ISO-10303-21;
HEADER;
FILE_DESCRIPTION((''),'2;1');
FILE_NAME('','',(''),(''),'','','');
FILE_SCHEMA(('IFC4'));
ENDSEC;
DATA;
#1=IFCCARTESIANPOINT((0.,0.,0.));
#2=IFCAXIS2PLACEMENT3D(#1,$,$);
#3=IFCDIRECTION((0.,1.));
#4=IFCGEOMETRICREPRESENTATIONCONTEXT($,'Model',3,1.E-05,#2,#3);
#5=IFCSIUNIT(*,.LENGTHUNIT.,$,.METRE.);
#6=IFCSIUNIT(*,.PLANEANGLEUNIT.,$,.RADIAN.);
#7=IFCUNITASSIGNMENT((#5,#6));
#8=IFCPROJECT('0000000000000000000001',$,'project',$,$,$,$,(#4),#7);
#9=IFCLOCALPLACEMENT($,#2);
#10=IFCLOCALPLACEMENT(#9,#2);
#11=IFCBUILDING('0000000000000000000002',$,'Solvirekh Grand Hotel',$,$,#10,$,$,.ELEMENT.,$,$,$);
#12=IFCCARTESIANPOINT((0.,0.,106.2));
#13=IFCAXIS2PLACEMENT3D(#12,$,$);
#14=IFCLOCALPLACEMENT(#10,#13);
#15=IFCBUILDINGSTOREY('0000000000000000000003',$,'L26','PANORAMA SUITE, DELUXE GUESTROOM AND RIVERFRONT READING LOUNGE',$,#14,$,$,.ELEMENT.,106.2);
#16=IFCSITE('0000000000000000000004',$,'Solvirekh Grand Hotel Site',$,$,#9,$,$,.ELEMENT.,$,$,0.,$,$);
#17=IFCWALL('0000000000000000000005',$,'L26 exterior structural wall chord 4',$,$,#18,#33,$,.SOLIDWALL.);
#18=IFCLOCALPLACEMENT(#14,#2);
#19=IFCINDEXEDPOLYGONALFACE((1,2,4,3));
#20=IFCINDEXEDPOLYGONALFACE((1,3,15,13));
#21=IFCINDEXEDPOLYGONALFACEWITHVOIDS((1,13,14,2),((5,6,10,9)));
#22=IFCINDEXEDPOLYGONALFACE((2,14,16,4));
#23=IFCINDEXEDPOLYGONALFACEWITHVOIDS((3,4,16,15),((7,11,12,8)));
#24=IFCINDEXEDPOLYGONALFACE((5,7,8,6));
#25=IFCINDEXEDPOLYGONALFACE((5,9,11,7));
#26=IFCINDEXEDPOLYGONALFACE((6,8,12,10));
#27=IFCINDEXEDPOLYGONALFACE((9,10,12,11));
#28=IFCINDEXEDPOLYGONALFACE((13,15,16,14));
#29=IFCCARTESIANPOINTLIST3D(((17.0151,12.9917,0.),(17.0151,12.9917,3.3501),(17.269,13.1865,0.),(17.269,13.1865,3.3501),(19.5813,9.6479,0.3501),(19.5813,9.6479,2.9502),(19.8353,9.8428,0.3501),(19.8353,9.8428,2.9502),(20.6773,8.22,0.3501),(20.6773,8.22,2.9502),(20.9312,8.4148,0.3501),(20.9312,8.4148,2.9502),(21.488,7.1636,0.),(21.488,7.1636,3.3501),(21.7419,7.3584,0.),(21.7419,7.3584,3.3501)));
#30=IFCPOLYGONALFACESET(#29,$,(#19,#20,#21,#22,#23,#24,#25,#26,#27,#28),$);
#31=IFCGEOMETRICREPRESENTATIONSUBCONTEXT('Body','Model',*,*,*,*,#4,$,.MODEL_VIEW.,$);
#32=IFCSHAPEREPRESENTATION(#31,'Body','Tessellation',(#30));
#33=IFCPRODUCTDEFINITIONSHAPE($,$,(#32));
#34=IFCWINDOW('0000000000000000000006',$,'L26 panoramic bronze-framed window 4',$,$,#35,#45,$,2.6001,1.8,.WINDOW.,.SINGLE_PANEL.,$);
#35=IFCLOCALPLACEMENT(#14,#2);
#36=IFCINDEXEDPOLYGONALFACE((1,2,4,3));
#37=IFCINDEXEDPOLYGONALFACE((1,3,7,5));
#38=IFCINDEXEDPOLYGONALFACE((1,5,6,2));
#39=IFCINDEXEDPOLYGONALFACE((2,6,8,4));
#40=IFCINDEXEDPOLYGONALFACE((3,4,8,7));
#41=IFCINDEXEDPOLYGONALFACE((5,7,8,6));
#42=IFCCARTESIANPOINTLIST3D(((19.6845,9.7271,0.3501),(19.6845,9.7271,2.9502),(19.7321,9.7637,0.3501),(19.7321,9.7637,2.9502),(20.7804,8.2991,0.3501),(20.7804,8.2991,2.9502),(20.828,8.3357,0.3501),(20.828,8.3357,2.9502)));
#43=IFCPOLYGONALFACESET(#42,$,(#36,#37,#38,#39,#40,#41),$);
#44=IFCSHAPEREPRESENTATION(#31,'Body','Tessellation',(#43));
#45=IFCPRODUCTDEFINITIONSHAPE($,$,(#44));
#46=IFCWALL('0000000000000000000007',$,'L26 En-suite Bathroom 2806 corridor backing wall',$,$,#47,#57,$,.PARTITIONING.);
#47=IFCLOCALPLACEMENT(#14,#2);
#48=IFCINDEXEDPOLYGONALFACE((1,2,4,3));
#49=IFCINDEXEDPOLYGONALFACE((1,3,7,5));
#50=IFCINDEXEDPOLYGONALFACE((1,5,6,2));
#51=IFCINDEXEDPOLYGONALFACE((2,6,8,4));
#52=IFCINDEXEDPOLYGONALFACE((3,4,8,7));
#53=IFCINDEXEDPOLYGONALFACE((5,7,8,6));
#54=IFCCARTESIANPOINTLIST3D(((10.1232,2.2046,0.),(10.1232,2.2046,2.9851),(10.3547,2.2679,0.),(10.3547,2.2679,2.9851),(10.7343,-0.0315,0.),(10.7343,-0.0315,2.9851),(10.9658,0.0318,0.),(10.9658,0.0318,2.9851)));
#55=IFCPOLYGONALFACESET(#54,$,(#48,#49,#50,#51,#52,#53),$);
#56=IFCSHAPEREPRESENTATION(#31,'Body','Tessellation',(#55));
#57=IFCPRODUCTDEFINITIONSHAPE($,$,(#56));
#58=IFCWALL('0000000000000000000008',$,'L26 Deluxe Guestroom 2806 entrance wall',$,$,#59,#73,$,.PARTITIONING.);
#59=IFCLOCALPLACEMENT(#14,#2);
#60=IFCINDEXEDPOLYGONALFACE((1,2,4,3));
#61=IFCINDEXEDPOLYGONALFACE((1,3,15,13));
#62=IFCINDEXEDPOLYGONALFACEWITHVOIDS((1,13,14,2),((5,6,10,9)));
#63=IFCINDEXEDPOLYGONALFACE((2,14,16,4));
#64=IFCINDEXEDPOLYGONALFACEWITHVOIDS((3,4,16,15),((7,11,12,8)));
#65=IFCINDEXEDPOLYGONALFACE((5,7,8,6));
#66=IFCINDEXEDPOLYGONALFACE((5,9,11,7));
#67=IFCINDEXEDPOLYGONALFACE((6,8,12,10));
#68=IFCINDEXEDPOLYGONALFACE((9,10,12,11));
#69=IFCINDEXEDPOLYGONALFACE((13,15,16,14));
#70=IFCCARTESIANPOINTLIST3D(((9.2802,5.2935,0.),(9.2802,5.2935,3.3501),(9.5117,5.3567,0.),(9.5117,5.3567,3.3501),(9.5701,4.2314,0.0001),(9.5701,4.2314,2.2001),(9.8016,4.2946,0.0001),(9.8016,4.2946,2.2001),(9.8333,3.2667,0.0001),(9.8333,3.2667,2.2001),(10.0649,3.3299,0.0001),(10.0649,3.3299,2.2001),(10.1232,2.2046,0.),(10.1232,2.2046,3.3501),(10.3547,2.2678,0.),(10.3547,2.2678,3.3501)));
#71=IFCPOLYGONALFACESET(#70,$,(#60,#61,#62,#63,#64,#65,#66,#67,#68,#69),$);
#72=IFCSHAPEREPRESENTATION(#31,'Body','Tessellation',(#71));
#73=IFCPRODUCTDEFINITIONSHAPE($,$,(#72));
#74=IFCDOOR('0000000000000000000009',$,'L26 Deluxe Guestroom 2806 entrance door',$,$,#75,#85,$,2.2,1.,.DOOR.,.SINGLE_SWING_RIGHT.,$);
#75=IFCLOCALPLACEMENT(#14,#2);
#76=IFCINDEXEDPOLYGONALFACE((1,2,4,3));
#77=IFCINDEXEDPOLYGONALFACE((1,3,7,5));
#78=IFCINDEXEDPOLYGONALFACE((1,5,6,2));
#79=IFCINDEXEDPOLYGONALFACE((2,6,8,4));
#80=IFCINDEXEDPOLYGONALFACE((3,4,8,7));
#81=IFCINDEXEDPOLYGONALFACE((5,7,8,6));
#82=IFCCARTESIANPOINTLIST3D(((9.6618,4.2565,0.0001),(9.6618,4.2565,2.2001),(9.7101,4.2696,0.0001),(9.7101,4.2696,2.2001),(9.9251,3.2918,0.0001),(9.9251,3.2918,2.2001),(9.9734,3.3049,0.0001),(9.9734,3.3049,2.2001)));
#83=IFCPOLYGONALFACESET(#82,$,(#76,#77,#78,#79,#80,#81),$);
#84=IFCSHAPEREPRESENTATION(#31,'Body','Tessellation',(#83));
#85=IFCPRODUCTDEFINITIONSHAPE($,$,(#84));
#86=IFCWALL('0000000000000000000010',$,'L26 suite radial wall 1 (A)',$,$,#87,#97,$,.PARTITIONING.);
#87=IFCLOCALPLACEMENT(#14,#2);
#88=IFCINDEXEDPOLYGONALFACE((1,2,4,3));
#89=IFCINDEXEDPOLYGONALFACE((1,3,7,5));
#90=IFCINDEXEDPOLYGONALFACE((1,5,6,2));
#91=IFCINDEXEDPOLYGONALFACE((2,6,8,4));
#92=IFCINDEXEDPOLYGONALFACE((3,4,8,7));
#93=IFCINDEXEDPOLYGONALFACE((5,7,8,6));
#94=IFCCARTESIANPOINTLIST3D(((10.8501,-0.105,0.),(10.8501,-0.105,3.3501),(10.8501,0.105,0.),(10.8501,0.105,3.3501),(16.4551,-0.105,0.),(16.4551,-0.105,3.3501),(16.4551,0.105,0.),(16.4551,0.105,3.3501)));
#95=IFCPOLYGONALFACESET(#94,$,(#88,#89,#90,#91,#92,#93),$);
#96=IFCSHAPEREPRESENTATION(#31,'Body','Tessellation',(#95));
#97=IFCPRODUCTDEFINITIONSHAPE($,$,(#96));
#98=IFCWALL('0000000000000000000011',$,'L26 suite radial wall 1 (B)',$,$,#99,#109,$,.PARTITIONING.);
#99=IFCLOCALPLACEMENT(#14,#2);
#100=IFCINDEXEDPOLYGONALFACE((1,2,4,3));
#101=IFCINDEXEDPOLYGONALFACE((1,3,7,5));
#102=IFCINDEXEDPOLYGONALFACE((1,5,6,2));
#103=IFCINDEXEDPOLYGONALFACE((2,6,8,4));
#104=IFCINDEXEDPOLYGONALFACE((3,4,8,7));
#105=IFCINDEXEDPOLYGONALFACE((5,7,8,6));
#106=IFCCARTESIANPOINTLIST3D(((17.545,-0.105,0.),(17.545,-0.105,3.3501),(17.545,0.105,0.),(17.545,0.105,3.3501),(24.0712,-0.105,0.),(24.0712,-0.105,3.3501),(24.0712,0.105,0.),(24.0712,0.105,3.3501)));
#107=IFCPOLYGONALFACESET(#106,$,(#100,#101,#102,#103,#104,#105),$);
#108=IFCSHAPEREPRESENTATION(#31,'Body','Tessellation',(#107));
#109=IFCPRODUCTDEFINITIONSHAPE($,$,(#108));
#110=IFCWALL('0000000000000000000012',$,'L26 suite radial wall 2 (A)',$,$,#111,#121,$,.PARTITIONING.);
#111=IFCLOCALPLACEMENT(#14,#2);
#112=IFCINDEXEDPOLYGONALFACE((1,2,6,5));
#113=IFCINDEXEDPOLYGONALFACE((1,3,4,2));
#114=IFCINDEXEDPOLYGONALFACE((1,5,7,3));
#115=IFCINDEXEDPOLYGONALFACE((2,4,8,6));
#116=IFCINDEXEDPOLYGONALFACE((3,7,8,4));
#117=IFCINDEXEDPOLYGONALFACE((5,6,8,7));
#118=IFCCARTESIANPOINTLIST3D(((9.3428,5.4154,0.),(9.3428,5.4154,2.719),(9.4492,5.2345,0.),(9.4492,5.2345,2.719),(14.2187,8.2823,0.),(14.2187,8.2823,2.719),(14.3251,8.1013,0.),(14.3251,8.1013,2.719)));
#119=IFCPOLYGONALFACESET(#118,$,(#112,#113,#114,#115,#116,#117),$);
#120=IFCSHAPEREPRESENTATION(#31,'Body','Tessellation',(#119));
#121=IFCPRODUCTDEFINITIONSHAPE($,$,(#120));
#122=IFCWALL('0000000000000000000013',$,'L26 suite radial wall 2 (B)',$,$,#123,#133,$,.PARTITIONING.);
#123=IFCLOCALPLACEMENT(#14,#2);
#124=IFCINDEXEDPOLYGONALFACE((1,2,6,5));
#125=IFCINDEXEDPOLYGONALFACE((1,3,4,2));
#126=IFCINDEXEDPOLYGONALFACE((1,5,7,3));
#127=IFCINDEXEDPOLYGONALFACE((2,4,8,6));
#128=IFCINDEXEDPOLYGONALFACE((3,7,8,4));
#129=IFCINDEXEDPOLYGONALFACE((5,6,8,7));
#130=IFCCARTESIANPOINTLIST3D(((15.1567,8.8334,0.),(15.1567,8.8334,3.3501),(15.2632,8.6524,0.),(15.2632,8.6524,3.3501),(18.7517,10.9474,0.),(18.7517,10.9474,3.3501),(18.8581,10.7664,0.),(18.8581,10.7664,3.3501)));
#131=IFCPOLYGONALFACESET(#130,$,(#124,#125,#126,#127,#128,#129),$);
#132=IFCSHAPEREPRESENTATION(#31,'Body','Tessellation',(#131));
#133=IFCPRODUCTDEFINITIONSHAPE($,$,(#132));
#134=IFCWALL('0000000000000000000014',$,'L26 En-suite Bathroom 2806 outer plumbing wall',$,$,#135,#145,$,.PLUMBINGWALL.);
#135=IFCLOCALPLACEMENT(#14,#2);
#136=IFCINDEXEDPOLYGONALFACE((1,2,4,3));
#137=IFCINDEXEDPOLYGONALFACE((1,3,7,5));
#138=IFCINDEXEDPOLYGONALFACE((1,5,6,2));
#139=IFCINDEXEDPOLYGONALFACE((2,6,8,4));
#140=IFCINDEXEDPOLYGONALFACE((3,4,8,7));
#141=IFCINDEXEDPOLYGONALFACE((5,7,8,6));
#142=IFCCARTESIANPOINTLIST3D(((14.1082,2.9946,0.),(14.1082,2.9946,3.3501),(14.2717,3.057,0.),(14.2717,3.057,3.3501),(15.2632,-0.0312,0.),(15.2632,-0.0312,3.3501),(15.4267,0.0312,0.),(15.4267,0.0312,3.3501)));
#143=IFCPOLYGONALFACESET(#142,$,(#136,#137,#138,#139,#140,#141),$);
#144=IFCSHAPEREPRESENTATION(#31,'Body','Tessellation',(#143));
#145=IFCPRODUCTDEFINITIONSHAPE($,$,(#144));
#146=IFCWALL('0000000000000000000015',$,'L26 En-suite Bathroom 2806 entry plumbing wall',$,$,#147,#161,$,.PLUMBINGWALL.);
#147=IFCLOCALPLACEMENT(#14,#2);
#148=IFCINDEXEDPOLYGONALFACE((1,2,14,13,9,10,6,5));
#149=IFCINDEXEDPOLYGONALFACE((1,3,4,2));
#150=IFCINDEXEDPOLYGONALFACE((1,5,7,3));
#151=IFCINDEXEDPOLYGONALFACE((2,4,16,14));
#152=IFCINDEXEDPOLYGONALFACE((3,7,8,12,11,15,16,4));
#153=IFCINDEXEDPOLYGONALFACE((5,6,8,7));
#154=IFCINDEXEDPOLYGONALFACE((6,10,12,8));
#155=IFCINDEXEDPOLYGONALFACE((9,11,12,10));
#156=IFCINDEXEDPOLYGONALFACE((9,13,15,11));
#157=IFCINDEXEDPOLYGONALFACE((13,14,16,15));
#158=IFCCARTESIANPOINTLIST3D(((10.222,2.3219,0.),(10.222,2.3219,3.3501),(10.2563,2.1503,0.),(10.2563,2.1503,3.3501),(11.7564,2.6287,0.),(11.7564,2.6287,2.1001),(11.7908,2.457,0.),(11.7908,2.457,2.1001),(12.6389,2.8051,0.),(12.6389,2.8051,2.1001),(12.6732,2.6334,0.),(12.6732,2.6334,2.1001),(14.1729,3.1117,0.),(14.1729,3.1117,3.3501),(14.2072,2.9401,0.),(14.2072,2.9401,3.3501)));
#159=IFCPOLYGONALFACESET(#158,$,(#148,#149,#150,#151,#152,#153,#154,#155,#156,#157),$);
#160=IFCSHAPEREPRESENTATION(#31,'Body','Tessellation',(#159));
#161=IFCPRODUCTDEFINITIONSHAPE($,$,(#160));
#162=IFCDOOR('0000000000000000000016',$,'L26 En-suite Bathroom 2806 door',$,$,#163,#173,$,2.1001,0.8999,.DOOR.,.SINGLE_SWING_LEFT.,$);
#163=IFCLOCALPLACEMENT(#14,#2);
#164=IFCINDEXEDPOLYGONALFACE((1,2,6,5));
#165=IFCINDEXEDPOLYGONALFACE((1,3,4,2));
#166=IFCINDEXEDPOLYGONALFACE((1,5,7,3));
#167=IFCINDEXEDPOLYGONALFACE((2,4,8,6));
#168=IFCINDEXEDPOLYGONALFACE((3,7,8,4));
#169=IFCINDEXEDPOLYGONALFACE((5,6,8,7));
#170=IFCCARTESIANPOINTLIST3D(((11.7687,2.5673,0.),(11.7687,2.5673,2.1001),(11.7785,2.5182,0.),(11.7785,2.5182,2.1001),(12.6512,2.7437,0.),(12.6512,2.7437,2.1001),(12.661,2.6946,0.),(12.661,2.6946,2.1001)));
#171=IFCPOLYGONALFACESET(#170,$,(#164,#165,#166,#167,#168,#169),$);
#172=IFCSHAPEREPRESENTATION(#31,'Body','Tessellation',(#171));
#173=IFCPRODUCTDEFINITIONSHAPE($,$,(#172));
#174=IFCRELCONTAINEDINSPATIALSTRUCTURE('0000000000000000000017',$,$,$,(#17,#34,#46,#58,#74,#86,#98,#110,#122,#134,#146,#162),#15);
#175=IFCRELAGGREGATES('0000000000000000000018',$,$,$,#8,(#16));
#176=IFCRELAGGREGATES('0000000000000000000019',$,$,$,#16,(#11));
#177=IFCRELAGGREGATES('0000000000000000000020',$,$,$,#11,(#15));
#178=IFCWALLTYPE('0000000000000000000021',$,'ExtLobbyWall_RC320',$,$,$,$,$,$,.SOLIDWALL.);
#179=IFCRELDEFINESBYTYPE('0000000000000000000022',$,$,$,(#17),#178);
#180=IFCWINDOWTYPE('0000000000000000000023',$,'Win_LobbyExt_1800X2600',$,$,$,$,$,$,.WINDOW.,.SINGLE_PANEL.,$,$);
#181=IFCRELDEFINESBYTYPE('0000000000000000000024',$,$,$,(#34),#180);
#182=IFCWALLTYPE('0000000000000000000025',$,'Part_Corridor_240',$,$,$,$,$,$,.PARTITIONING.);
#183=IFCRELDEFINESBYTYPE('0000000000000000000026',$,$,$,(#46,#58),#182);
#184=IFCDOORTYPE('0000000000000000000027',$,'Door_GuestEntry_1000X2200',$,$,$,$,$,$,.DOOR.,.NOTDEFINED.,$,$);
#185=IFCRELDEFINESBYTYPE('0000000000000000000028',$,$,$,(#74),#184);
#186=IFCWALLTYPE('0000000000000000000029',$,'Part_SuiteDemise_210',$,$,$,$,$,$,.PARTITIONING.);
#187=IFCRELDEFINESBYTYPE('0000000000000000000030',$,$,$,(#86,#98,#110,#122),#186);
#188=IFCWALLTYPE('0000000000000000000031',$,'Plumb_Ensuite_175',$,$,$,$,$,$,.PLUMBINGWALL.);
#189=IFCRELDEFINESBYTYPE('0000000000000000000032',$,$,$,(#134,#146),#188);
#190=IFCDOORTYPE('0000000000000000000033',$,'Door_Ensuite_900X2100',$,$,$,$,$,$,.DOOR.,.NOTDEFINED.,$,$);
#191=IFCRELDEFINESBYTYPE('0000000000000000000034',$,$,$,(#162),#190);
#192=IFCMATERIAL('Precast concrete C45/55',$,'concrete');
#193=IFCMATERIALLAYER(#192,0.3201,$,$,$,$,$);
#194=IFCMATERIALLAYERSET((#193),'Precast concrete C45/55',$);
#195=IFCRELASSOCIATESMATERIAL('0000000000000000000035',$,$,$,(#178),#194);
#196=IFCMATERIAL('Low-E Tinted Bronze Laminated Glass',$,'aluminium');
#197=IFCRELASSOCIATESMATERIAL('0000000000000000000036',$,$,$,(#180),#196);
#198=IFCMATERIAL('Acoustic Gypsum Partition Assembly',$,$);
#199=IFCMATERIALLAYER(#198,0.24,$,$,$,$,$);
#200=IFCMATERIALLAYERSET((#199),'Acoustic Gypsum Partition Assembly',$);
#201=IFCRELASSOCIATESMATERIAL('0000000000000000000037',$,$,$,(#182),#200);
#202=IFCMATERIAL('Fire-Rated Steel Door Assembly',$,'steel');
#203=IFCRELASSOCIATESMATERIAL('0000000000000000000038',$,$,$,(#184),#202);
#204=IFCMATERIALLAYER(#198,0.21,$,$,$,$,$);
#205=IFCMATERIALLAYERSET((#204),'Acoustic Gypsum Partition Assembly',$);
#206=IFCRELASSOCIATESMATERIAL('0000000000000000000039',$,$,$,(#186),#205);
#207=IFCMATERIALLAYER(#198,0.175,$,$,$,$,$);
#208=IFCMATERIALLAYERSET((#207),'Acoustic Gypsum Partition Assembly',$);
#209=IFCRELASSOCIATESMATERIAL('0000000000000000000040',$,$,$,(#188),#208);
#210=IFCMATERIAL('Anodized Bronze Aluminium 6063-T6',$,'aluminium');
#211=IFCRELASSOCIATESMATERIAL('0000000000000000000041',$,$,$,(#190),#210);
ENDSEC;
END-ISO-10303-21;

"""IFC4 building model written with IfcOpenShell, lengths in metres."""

from ifc_helpers import new_model, si_unit, direction, frame, frame_2d, origin, place, context, subcontext, project, spatial, rectangle, extrude, material, layer, layer_set, type_object, element, fill, save


model = new_model("IFC4")

# Units and contexts
model_context = context("Model", 3, precision=1e-05, world=origin(), true_north=direction((0.0, 1.0)))
body_context = subcontext(model_context, "Body", "Model", "MODEL_VIEW")
ifc_project = project(units=[si_unit("LENGTHUNIT", "METRE"), si_unit("PLANEANGLEUNIT", "RADIAN")], contexts=[model_context])

# Site, building, storey
site_placement = place(None, origin())
site = spatial("IfcSite", under=ifc_project, at=site_placement, Name="Solvirekh Grand Hotel Site", CompositionType="ELEMENT", RefElevation=0.0)
building_placement = place(site_placement, origin())
building = spatial("IfcBuilding", under=site, at=building_placement, Name="Solvirekh Grand Hotel", CompositionType="ELEMENT")
storey_placement = place(building_placement, frame((0.0, 0.0, 106.2)))
storey = spatial("IfcBuildingStorey", under=building, at=storey_placement, Name="L26", Description="PANORAMA SUITE, DELUXE GUESTROOM AND RIVERFRONT READING LOUNGE", CompositionType="ELEMENT", Elevation=106.2)

# Shared definitions
ifc_material_1 = material(Name="Anodized Bronze Aluminium 6063-T6", Category="aluminium")

# Shared definitions
ifc_material_2 = material(Name="Low-E Tinted Bronze Laminated Glass", Category="aluminium")

# Wall, opening, window
ifc_material_3 = material(Name="Precast concrete C45/55", Category="concrete")
ifc_layer_1 = layer(ifc_material_3, 0.3201)
ifc_layer_set_1 = layer_set([ifc_layer_1], Name="Precast concrete C45/55")
wall_type_1 = type_object("IfcWallType", Name="ExtLobbyWall_RC320", PredefinedType="SOLIDWALL", material=ifc_layer_set_1)
window_type = type_object("IfcWindowType", Name="Win_LobbyExt_1800X2600", PartitioningType="SINGLE_PANEL", PredefinedType="WINDOW", material=ifc_material_2)
wall_1_placement = place(storey_placement, frame((17.1421, 13.0891, 0.0), z_axis=(0.0, 0.0, 1.0), x_axis=(0.608832, -0.793299, 0.0)))
wall_1 = element("IfcWall", 1, at=wall_1_placement, inside=storey, type_object=wall_type_1, Name="L26 exterior structural wall chord 4", PredefinedType="SOLIDWALL", context=body_context, shape_type="SweptSolid", body=[
    extrude(rectangle(XDim=7.3467, YDim=0.3201, at=frame_2d((3.6733, 0.0))), origin(), (0.0, 0.0, 1.0), 3.3501),
])
opening_1_placement = place(wall_1_placement, frame((4.2151, 0.0, 0.3501)))
opening_1 = element("IfcOpeningElement", 2, at=opening_1_placement, cuts=wall_1, PredefinedType="OPENING", context=body_context, shape_type="SweptSolid", body=[
    extrude(rectangle(XDim=1.8, YDim=2.6001, at=frame_2d((0.8999, 1.3))), frame((0.0, 0.1699, 0.0), z_axis=(0.0, -1.0, 0.0), x_axis=(1.0, 0.0, 0.0)), (0.0, 0.0, 1.0), 0.3401),
])
window_1_placement = place(opening_1_placement, origin())
window_1 = element("IfcWindow", 3, at=window_1_placement, inside=storey, type_object=window_type, Name="L26 panoramic bronze-framed window 4", OverallHeight=2.6001, OverallWidth=1.8, PartitioningType="SINGLE_PANEL", PredefinedType="WINDOW", context=body_context, shape_type="SweptSolid", body=[
    extrude(rectangle(XDim=1.8, YDim=2.6001, at=frame_2d((0.8999, 1.3))), frame((0.0, 0.03, 0.0), z_axis=(0.0, -1.0, 0.0), x_axis=(1.0, 0.0, 0.0)), (0.0, 0.0, 1.0), 0.0601),
])
fill(opening_1, window_1)

# Wall
ifc_material_4 = material(Name="Acoustic Gypsum Partition Assembly")
ifc_layer_2 = layer(ifc_material_4, 0.24)
ifc_layer_set_2 = layer_set([ifc_layer_2], Name="Acoustic Gypsum Partition Assembly")
wall_type_2 = type_object("IfcWallType", Name="Part_Corridor_240", PredefinedType="PARTITIONING", material=ifc_layer_set_2)
wall_2_placement = place(storey_placement, frame((10.8501, 0.0, 0.0), z_axis=(0.0, 0.0, 1.0), x_axis=(-0.263616, 0.964628, 0.0)))
element("IfcWall", 4, at=wall_2_placement, inside=storey, type_object=wall_type_2, Name="L26 En-suite Bathroom 2806 corridor backing wall", PredefinedType="PARTITIONING", context=body_context, shape_type="SweptSolid", body=[
    extrude(rectangle(XDim=2.3181, YDim=0.24, at=frame_2d((1.1592, 0.0))), origin(), (0.0, 0.0, 1.0), 2.9851),
])

# Wall, opening, door
wall_3_placement = place(storey_placement, frame((10.239, 2.2361, 0.0), z_axis=(0.0, 0.0, 1.0), x_axis=(-0.263292, 0.964716, 0.0)))
wall_3 = element("IfcWall", 5, at=wall_3_placement, inside=storey, type_object=wall_type_2, Name="L26 Deluxe Guestroom 2806 entrance wall", PredefinedType="PARTITIONING", context=body_context, shape_type="SweptSolid", body=[
    extrude(rectangle(XDim=3.2019, YDim=0.24, at=frame_2d((1.6011, 0.0))), origin(), (0.0, 0.0, 1.0), 3.3501),
])
opening_2_placement = place(wall_3_placement, frame((1.1011, 0.0, 0.0)))
opening_2 = element("IfcOpeningElement", 6, at=opening_2_placement, cuts=wall_3, PredefinedType="OPENING", context=body_context, shape_type="SweptSolid", body=[
    extrude(rectangle(XDim=1.0, YDim=2.2, at=frame_2d((0.5, 1.1001))), frame((0.0, 0.1299, 0.0), z_axis=(0.0, -1.0, 0.0), x_axis=(1.0, 0.0, 0.0)), (0.0, 0.0, 1.0), 0.26),
])
ifc_material_5 = material(Name="Fire-Rated Steel Door Assembly", Category="steel")
door_type_1 = type_object("IfcDoorType", Name="Door_GuestEntry_1000X2200", OperationType="NOTDEFINED", PredefinedType="DOOR", material=ifc_material_5)
door_1_placement = place(opening_2_placement, origin())
door_1 = element("IfcDoor", 7, at=door_1_placement, inside=storey, type_object=door_type_1, Name="L26 Deluxe Guestroom 2806 entrance door", OperationType="SINGLE_SWING_RIGHT", OverallHeight=2.2, OverallWidth=1.0, PredefinedType="DOOR", context=body_context, shape_type="SweptSolid", body=[
    extrude(rectangle(XDim=1.0, YDim=2.2, at=frame_2d((0.5, 1.1001))), frame((0.0, 0.0249, 0.0), z_axis=(0.0, -1.0, 0.0), x_axis=(1.0, 0.0, 0.0)), (0.0, 0.0, 1.0), 0.05),
])
fill(opening_2, door_1)

# Walls
ifc_layer_3 = layer(ifc_material_4, 0.21)
ifc_layer_set_3 = layer_set([ifc_layer_3], Name="Acoustic Gypsum Partition Assembly")
wall_type_3 = type_object("IfcWallType", Name="Part_SuiteDemise_210", PredefinedType="PARTITIONING", material=ifc_layer_set_3)
wall_4_placement = place(storey_placement, frame((10.8501, 0.0, 0.0), z_axis=(0.0, 0.0, 1.0), x_axis=(1.0, 0.0, 0.0)))
element("IfcWall", 8, at=wall_4_placement, inside=storey, type_object=wall_type_3, Name="L26 suite radial wall 1 (A)", PredefinedType="PARTITIONING", context=body_context, shape_type="SweptSolid", body=[
    extrude(rectangle(XDim=5.605, YDim=0.21, at=frame_2d((2.8025, 0.0))), origin(), (0.0, 0.0, 1.0), 3.3501),
])
wall_5_placement = place(storey_placement, frame((17.5449, 0.0, 0.0), z_axis=(0.0, 0.0, 1.0), x_axis=(1.0, 0.0, 0.0)))
element("IfcWall", 9, at=wall_5_placement, inside=storey, type_object=wall_type_3, Name="L26 suite radial wall 1 (B)", PredefinedType="PARTITIONING", context=body_context, shape_type="SweptSolid", body=[
    extrude(rectangle(XDim=6.5261, YDim=0.21, at=frame_2d((3.2632, 0.0))), origin(), (0.0, 0.0, 1.0), 3.3501),
])
wall_6_placement = place(storey_placement, frame((9.396, 5.325, 0.0), z_axis=(0.0, 0.0, 1.0), x_axis=(0.862033, 0.506852, 0.0)))
element("IfcWall", 10, at=wall_6_placement, inside=storey, type_object=wall_type_3, Name="L26 suite radial wall 2 (A)", PredefinedType="PARTITIONING", context=body_context, shape_type="SweptSolid", body=[
    extrude(rectangle(XDim=5.6562, YDim=0.21, at=frame_2d((2.8281, 0.0))), origin(), (0.0, 0.0, 1.0), 2.719),
])
wall_7_placement = place(storey_placement, frame((15.21, 8.7429, 0.0), z_axis=(0.0, 0.0, 1.0), x_axis=(0.862005, 0.5069, 0.0)))
element("IfcWall", 11, at=wall_7_placement, inside=storey, type_object=wall_type_3, Name="L26 suite radial wall 2 (B)", PredefinedType="PARTITIONING", context=body_context, shape_type="SweptSolid", body=[
    extrude(rectangle(XDim=4.1704, YDim=0.21, at=frame_2d((2.0852, 0.0))), origin(), (0.0, 0.0, 1.0), 3.3501),
])
ifc_layer_4 = layer(ifc_material_4, 0.175)
ifc_layer_set_4 = layer_set([ifc_layer_4], Name="Acoustic Gypsum Partition Assembly")
wall_type_4 = type_object("IfcWallType", Name="Plumb_Ensuite_175", PredefinedType="PLUMBINGWALL", material=ifc_layer_set_4)
wall_8_placement = place(storey_placement, frame((15.345, 0.0, 0.0), z_axis=(0.0, 0.0, 1.0), x_axis=(-0.356619, 0.93425, 0.0)))
element("IfcWall", 12, at=wall_8_placement, inside=storey, type_object=wall_type_4, Name="L26 En-suite Bathroom 2806 outer plumbing wall", PredefinedType="PLUMBINGWALL", context=body_context, shape_type="SweptSolid", body=[
    extrude(rectangle(XDim=3.2388, YDim=0.175, at=frame_2d((1.6194, 0.0))), origin(), (0.0, 0.0, 1.0), 3.3501),
])

# Wall, opening, door
wall_9_placement = place(storey_placement, frame((10.239, 2.2361, 0.0), z_axis=(0.0, 0.0, 1.0), x_axis=(0.980599, 0.196023, 0.0)))
wall_9 = element("IfcWall", 13, at=wall_9_placement, inside=storey, type_object=wall_type_4, Name="L26 En-suite Bathroom 2806 entry plumbing wall", PredefinedType="PLUMBINGWALL", context=body_context, shape_type="SweptSolid", body=[
    extrude(rectangle(XDim=4.0291, YDim=0.175, at=frame_2d((2.0146, 0.0))), origin(), (0.0, 0.0, 1.0), 3.3501),
])
opening_3_placement = place(wall_9_placement, frame((1.5649, 0.0, 0.0)))
opening_3 = element("IfcOpeningElement", 14, at=opening_3_placement, cuts=wall_9, PredefinedType="OPENING", context=body_context, shape_type="SweptSolid", body=[
    extrude(rectangle(XDim=0.8999, YDim=2.1001, at=frame_2d((0.45, 1.05))), frame((0.0, 0.0977, 0.0), z_axis=(0.0, -1.0, 0.0), x_axis=(1.0, 0.0, 0.0)), (0.0, 0.0, 1.0), 0.1951),
])
door_type_2 = type_object("IfcDoorType", Name="Door_Ensuite_900X2100", OperationType="NOTDEFINED", PredefinedType="DOOR", material=ifc_material_1)
door_2_placement = place(opening_3_placement, origin())
door_2 = element("IfcDoor", 15, at=door_2_placement, inside=storey, type_object=door_type_2, Name="L26 En-suite Bathroom 2806 door", OperationType="SINGLE_SWING_LEFT", OverallHeight=2.1001, OverallWidth=0.8999, PredefinedType="DOOR", context=body_context, shape_type="SweptSolid", body=[
    extrude(rectangle(XDim=0.8999, YDim=2.1001, at=frame_2d((0.45, 1.05))), frame((0.0, 0.0249, 0.0), z_axis=(0.0, -1.0, 0.0), x_axis=(1.0, 0.0, 0.0)), (0.0, 0.0, 1.0), 0.05),
])
fill(opening_3, door_2)

save(model, "model.ifc")
